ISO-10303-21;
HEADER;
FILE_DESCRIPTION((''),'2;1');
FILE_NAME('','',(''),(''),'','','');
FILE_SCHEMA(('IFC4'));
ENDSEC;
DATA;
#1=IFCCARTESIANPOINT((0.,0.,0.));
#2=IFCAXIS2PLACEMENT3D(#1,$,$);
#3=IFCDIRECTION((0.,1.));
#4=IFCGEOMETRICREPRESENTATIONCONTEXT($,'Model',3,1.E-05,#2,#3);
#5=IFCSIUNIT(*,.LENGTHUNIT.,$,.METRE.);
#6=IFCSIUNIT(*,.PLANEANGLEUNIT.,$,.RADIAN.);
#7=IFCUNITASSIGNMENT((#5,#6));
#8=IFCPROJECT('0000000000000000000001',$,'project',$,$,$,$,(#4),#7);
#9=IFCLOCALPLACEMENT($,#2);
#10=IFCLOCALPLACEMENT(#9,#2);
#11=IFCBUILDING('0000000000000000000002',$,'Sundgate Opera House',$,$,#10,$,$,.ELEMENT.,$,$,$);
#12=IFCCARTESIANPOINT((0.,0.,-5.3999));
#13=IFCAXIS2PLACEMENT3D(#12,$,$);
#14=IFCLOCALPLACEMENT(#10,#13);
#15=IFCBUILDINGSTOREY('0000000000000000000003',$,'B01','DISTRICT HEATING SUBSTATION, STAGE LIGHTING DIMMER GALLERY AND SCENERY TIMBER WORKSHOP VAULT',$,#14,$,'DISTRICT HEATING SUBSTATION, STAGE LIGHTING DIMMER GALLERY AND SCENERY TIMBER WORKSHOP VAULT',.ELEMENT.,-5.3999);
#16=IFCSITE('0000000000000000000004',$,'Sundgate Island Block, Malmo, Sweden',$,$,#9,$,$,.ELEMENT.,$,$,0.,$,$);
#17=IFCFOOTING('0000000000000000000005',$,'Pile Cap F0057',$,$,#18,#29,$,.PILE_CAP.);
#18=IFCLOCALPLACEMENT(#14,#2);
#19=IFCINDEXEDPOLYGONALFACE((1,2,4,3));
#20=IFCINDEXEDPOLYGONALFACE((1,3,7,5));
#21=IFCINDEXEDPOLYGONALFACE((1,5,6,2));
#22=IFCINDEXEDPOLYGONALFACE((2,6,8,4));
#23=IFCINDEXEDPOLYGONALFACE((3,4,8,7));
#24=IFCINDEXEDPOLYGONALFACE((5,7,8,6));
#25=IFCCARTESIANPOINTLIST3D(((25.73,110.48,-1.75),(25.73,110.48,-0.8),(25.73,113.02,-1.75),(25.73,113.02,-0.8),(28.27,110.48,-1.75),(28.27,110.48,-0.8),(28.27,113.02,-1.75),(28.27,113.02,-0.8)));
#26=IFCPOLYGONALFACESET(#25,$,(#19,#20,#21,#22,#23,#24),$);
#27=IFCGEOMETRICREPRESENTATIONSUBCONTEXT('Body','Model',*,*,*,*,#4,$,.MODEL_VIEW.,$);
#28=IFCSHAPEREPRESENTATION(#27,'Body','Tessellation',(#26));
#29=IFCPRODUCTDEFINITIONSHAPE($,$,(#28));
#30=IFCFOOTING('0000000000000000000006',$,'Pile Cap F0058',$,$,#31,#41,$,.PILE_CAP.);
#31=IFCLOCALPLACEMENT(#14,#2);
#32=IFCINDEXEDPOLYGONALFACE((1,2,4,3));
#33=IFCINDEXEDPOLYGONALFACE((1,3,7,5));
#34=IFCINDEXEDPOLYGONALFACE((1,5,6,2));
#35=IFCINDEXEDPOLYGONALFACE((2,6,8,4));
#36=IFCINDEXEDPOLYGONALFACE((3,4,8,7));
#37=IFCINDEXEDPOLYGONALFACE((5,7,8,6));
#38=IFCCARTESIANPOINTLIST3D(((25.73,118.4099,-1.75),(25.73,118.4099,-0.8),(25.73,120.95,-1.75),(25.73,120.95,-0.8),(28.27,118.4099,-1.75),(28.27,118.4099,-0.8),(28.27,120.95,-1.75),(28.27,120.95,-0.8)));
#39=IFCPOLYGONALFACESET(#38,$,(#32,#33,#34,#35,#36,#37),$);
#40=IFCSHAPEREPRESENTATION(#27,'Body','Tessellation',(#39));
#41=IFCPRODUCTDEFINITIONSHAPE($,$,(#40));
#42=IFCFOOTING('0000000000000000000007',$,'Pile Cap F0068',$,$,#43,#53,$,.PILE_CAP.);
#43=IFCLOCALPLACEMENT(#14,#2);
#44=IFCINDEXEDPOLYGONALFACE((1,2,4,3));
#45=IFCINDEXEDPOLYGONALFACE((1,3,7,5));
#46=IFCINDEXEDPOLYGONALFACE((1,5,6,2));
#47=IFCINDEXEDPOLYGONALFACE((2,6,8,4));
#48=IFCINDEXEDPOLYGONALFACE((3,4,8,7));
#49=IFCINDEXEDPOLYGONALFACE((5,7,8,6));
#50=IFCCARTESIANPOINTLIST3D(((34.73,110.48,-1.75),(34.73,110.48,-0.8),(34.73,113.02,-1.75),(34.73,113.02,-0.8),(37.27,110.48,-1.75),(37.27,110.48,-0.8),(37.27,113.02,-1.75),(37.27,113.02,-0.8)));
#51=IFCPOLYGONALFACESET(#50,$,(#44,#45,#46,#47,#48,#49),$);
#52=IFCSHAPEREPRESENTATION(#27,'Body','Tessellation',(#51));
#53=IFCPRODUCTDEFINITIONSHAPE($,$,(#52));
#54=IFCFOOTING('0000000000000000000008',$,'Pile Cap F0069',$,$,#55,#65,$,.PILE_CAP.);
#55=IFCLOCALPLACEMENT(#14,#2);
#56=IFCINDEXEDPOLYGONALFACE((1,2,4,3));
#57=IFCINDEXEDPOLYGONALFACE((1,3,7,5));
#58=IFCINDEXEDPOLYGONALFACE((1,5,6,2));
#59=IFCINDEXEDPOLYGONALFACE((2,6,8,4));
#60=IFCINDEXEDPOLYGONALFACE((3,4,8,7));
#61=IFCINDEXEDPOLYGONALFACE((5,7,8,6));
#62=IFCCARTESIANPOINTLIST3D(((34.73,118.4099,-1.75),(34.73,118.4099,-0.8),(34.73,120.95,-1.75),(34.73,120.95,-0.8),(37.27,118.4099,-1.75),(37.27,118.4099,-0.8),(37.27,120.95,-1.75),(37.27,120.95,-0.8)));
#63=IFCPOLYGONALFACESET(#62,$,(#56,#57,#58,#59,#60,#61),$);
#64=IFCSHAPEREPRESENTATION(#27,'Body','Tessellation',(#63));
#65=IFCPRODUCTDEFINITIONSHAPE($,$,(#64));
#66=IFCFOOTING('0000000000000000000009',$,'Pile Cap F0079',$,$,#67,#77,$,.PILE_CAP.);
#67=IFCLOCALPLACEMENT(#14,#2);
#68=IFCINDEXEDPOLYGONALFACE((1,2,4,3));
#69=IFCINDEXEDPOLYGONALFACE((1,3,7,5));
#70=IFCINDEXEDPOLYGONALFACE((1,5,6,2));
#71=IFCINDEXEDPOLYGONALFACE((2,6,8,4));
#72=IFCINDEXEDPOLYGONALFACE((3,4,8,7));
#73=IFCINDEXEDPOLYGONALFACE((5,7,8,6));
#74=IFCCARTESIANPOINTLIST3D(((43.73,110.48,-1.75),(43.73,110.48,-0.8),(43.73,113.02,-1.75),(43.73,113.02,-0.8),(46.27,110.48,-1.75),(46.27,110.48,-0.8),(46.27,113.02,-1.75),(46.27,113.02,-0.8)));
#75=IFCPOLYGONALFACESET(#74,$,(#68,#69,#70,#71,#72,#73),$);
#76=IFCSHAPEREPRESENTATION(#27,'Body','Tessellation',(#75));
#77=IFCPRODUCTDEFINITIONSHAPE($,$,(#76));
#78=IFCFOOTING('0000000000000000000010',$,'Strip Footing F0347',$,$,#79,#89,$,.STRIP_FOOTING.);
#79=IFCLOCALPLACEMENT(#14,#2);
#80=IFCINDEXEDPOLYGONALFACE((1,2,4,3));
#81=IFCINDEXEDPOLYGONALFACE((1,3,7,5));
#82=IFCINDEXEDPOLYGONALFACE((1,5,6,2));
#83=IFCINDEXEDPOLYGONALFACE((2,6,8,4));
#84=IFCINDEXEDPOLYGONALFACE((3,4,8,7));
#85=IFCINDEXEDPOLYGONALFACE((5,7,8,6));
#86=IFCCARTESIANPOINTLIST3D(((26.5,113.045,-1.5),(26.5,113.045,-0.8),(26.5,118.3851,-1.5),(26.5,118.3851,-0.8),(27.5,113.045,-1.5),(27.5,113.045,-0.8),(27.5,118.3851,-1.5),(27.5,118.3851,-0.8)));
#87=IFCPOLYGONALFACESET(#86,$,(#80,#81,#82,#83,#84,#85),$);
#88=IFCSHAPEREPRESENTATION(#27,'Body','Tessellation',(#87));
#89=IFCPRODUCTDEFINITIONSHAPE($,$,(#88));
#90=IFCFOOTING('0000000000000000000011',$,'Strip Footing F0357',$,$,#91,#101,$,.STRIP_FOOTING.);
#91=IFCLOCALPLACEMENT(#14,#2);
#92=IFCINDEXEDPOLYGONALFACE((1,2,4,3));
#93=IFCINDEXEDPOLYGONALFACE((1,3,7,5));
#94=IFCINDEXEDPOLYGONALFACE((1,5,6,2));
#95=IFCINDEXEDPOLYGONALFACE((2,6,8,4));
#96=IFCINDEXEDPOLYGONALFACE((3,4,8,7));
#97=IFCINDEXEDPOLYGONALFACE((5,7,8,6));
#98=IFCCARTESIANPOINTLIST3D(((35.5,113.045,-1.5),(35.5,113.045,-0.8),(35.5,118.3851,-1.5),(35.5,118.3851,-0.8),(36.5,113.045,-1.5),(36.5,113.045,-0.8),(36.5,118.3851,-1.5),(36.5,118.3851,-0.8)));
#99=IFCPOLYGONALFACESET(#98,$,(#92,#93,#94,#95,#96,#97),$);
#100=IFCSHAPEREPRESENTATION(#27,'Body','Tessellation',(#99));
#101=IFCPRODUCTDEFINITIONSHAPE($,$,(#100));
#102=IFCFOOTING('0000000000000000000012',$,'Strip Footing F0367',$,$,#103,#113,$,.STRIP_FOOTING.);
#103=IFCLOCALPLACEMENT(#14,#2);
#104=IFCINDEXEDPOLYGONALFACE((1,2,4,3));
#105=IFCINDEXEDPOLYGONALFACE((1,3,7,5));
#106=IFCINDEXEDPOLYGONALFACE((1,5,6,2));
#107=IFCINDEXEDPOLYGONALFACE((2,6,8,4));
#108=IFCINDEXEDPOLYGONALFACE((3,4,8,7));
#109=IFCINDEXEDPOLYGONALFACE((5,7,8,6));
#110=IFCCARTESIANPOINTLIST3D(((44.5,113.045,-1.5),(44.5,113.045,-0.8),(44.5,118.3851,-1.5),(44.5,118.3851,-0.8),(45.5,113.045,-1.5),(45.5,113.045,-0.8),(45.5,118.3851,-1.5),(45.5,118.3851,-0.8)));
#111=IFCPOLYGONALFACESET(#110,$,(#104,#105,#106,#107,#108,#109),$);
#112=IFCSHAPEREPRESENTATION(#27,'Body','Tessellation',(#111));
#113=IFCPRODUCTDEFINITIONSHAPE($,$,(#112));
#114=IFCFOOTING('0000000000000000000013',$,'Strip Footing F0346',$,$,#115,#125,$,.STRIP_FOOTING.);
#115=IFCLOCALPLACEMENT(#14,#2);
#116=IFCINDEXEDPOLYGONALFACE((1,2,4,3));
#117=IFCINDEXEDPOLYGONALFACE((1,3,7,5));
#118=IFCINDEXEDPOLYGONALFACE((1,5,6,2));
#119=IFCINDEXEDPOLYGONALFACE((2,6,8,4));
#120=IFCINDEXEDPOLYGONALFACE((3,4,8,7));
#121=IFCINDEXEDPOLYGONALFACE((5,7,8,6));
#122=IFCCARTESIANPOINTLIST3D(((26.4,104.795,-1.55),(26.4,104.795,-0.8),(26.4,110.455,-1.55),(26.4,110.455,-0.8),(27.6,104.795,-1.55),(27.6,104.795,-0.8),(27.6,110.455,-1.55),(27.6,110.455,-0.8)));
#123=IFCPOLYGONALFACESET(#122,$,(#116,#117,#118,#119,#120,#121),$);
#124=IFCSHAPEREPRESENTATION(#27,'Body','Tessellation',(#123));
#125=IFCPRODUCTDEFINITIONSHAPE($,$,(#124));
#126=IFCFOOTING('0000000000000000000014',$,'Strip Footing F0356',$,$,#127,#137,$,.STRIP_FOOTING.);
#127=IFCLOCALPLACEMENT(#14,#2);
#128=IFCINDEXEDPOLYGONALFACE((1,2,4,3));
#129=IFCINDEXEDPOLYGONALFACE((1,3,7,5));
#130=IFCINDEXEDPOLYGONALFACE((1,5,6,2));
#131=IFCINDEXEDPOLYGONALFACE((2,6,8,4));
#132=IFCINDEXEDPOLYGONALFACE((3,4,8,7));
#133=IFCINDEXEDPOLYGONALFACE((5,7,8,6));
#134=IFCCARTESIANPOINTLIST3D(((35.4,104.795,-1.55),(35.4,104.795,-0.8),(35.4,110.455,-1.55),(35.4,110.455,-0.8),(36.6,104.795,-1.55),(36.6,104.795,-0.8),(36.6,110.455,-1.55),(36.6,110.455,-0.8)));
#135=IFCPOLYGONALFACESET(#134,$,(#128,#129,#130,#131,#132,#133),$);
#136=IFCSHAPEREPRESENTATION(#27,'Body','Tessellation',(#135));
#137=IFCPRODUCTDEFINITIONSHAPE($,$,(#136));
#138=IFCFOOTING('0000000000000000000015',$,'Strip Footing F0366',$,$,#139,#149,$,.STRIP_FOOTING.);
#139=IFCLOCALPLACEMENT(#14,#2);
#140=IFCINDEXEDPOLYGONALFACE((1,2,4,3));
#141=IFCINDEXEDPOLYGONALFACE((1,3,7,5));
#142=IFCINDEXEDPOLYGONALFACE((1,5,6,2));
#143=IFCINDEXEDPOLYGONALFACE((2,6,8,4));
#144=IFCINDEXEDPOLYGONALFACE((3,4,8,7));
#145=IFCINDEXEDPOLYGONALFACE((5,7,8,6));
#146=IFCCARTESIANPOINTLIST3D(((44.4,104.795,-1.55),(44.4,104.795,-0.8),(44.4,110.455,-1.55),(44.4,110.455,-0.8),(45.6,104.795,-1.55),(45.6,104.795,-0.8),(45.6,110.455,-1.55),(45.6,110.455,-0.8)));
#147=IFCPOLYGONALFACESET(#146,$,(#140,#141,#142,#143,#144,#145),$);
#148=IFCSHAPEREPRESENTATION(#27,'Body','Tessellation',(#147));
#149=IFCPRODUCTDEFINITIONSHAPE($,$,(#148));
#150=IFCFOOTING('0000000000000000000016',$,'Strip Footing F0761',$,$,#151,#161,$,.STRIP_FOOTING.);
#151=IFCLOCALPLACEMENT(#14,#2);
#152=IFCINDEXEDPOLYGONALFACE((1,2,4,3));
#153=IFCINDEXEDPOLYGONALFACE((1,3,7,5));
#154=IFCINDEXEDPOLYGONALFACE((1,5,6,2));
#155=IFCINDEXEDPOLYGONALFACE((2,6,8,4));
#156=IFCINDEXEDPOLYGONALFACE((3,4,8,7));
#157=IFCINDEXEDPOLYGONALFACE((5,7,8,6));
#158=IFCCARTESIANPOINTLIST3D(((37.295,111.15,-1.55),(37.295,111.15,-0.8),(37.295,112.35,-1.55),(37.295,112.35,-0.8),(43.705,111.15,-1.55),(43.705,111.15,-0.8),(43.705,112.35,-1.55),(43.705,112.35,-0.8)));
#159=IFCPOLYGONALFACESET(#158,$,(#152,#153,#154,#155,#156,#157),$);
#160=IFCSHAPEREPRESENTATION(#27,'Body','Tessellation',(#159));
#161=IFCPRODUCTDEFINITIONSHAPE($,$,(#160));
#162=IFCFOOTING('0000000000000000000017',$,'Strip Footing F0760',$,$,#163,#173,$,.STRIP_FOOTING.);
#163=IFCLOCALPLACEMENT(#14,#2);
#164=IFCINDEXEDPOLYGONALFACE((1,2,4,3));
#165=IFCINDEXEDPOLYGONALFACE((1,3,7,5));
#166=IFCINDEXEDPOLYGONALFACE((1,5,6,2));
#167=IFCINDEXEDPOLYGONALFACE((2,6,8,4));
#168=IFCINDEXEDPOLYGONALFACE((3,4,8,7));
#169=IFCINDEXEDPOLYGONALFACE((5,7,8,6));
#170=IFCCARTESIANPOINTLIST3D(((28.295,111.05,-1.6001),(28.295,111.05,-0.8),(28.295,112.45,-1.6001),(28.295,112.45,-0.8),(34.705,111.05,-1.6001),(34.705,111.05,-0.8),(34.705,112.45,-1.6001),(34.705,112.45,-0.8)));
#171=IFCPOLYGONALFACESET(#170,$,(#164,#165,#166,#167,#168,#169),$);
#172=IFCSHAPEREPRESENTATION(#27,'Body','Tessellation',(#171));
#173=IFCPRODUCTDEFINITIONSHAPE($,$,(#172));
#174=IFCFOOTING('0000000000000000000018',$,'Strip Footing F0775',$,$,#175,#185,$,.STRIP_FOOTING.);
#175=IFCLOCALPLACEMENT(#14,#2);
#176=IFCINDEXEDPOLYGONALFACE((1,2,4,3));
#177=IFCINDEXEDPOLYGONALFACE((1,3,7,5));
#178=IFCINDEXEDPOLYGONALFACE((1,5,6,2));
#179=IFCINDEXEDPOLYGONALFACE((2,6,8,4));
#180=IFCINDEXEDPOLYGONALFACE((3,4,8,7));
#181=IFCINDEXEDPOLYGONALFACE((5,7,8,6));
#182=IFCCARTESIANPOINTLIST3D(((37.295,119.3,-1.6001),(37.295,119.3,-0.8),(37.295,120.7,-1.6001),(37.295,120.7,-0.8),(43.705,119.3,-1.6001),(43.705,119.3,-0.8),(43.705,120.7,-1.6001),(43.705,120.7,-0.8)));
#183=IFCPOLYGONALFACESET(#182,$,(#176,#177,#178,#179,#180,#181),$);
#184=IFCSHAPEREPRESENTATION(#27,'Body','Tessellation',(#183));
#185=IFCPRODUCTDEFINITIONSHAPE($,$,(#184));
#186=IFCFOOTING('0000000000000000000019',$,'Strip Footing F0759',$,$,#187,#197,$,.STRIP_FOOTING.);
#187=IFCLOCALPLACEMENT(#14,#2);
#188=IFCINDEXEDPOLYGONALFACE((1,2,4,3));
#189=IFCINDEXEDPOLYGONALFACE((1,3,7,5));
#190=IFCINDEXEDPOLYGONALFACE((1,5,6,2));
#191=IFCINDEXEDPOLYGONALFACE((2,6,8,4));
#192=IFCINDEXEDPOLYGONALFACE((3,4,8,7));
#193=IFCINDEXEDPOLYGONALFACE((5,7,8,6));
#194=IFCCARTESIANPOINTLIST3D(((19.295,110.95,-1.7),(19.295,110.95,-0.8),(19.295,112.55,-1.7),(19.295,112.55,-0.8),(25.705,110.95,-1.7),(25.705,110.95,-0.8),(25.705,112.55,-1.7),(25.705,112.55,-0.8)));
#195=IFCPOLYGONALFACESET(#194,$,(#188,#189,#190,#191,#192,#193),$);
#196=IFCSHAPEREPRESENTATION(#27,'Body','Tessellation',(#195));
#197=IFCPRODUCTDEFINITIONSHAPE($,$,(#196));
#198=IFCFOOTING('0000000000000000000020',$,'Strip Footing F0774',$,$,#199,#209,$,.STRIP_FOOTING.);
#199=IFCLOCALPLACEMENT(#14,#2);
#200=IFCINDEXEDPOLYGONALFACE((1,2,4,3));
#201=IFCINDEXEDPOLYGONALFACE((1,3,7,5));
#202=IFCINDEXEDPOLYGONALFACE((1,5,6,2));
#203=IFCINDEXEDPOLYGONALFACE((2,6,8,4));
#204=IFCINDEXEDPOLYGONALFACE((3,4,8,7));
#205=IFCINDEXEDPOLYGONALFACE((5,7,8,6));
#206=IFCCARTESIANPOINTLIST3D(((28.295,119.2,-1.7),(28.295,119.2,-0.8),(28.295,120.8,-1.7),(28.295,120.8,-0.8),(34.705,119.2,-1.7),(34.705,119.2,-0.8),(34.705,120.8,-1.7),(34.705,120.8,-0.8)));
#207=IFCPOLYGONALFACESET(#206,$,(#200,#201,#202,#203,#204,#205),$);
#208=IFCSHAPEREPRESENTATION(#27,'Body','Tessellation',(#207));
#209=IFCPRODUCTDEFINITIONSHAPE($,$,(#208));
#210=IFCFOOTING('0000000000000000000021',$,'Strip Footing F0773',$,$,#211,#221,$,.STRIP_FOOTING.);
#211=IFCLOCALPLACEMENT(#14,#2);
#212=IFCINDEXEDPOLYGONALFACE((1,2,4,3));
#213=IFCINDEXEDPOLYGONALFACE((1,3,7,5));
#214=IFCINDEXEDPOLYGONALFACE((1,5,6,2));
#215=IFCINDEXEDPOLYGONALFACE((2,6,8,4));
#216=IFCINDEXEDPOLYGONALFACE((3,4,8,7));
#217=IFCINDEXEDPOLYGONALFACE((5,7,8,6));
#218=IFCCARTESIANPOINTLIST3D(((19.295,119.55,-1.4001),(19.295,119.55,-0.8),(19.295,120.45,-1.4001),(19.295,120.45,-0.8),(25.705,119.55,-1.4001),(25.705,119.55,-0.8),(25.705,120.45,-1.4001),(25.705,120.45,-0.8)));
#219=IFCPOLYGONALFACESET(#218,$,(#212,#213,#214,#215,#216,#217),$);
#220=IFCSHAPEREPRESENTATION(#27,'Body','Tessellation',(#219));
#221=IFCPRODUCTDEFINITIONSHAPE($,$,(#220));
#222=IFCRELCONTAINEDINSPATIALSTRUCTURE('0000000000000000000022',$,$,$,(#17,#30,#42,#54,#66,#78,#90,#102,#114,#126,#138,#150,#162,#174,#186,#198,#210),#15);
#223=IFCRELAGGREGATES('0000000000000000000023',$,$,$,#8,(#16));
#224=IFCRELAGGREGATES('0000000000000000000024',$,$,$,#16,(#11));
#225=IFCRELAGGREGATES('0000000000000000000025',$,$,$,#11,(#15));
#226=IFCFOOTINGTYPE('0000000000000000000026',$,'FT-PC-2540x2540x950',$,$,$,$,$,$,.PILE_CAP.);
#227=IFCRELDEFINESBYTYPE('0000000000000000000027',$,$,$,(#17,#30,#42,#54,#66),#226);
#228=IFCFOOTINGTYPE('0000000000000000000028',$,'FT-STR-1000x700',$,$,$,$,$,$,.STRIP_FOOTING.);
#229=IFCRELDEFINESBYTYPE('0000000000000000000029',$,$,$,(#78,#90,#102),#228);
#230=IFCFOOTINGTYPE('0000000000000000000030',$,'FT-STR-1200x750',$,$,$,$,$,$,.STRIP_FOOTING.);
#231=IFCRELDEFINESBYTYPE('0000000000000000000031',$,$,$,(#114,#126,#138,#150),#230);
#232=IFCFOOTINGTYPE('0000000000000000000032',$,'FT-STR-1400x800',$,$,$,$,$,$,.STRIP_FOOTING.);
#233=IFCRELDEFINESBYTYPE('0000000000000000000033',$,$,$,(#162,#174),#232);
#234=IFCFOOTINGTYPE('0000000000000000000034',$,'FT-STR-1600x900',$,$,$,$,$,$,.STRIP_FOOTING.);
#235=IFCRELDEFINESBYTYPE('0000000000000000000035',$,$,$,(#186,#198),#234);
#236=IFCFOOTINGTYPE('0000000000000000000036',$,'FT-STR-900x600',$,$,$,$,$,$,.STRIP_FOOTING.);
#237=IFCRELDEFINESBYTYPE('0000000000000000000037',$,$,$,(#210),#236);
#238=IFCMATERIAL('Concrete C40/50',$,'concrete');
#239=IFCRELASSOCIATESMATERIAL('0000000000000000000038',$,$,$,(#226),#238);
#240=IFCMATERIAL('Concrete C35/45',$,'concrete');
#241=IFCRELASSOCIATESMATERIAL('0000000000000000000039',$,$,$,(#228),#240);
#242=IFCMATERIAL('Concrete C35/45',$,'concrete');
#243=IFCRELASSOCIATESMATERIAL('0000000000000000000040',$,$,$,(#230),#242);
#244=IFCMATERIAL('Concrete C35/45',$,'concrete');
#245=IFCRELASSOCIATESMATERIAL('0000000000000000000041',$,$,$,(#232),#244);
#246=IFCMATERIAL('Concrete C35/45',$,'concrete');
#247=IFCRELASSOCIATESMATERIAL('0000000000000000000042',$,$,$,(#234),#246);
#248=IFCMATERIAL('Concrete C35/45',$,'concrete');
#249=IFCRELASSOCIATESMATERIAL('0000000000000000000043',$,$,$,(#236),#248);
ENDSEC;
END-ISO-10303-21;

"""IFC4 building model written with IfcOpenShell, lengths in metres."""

from ifc_helpers import new_model, si_unit, direction, frame, origin, origin_2d, place, context, subcontext, project, spatial, rectangle, extrude, material, type_object, element, save


model = new_model("IFC4")

# Units and contexts
model_context = context("Model", 3, precision=1e-05, world=origin(), true_north=direction((0.0, 1.0)))
body_context = subcontext(model_context, "Body", "Model", "MODEL_VIEW")
ifc_project = project(units=[si_unit("LENGTHUNIT", "METRE"), si_unit("PLANEANGLEUNIT", "RADIAN")], contexts=[model_context])

# Site, building, storey
site_placement = place(None, origin())
site = spatial("IfcSite", under=ifc_project, at=site_placement, Name="Sundgate Island Block, Malmo, Sweden", CompositionType="ELEMENT", RefElevation=0.0)
building_placement = place(site_placement, origin())
building = spatial("IfcBuilding", under=site, at=building_placement, Name="Sundgate Opera House", CompositionType="ELEMENT")
storey_placement = place(building_placement, frame((0.0, 0.0, -5.3999)))
storey = spatial("IfcBuildingStorey", under=building, at=storey_placement, Name="B01", Description="DISTRICT HEATING SUBSTATION, STAGE LIGHTING DIMMER GALLERY AND SCENERY TIMBER WORKSHOP VAULT", LongName="DISTRICT HEATING SUBSTATION, STAGE LIGHTING DIMMER GALLERY AND SCENERY TIMBER WORKSHOP VAULT", CompositionType="ELEMENT", Elevation=-5.3999)

# Footings
ifc_material_1 = material(Name="Concrete C40/50", Category="concrete")
footing_type_1 = type_object("IfcFootingType", Name="FT-PC-2540x2540x950", PredefinedType="PILE_CAP", material=ifc_material_1)
for number, where, z_axis, x_axis, name in (
    (1, (27.0, 111.75, -1.75), (0.0, 0.0, 1.0), (1.0, 0.0, 0.0), "Pile Cap F0057"),
    (2, (27.0, 119.6799, -1.75), (0.0, 0.0, 1.0), (1.0, 0.0, 0.0), "Pile Cap F0058"),
    (3, (36.0, 111.75, -1.75), (0.0, 0.0, 1.0), (1.0, 0.0, 0.0), "Pile Cap F0068"),
    (4, (36.0, 119.6799, -1.75), (0.0, 0.0, 1.0), (1.0, 0.0, 0.0), "Pile Cap F0069"),
    (5, (45.0, 111.75, -1.75), (0.0, 0.0, 1.0), (1.0, 0.0, 0.0), "Pile Cap F0079"),
):
    element("IfcFooting", number, at=place(storey_placement, frame(where, z_axis=z_axis, x_axis=x_axis)), inside=storey, type_object=footing_type_1, Name=name, PredefinedType="PILE_CAP", context=body_context, shape_type="SweptSolid", body=[
        extrude(rectangle(XDim=2.54, YDim=2.54, at=origin_2d()), origin(), (0.0, 0.0, 1.0), 0.95),
    ])
ifc_material_2 = material(Name="Concrete C35/45", Category="concrete")
footing_type_2 = type_object("IfcFootingType", Name="FT-STR-1000x700", PredefinedType="STRIP_FOOTING", material=ifc_material_2)
for number, where, z_axis, x_axis, name in (
    (6, (27.0, 115.7151, -1.5), (0.0, 0.0, 1.0), (1.0, 0.0, 0.0), "Strip Footing F0347"),
    (7, (36.0, 115.7151, -1.5), (0.0, 0.0, 1.0), (1.0, 0.0, 0.0), "Strip Footing F0357"),
    (8, (45.0, 115.7151, -1.5), (0.0, 0.0, 1.0), (1.0, 0.0, 0.0), "Strip Footing F0367"),
):
    element("IfcFooting", number, at=place(storey_placement, frame(where, z_axis=z_axis, x_axis=x_axis)), inside=storey, type_object=footing_type_2, Name=name, PredefinedType="STRIP_FOOTING", context=body_context, shape_type="SweptSolid", body=[
        extrude(rectangle(XDim=1.0, YDim=5.3401, at=origin_2d()), origin(), (0.0, 0.0, 1.0), 0.7),
    ])
ifc_material_3 = material(Name="Concrete C35/45", Category="concrete")
footing_type_3 = type_object("IfcFootingType", Name="FT-STR-1200x750", PredefinedType="STRIP_FOOTING", material=ifc_material_3)
for number, where, z_axis, x_axis, name in (
    (9, (27.0, 107.625, -1.55), (0.0, 0.0, 1.0), (1.0, 0.0, 0.0), "Strip Footing F0346"),
    (10, (36.0, 107.625, -1.55), (0.0, 0.0, 1.0), (1.0, 0.0, 0.0), "Strip Footing F0356"),
    (11, (45.0, 107.625, -1.55), (0.0, 0.0, 1.0), (1.0, 0.0, 0.0), "Strip Footing F0366"),
):
    element("IfcFooting", number, at=place(storey_placement, frame(where, z_axis=z_axis, x_axis=x_axis)), inside=storey, type_object=footing_type_3, Name=name, PredefinedType="STRIP_FOOTING", context=body_context, shape_type="SweptSolid", body=[
        extrude(rectangle(XDim=1.2, YDim=5.6599, at=origin_2d()), origin(), (0.0, 0.0, 1.0), 0.75),
    ])
footing_1_placement = place(storey_placement, frame((40.5, 111.75, -1.55), z_axis=(0.0, 0.0, 1.0), x_axis=(1.0, 0.0, 0.0)))
element("IfcFooting", 12, at=footing_1_placement, inside=storey, type_object=footing_type_3, Name="Strip Footing F0761", PredefinedType="STRIP_FOOTING", context=body_context, shape_type="SweptSolid", body=[
    extrude(rectangle(XDim=6.4099, YDim=1.2, at=origin_2d()), origin(), (0.0, 0.0, 1.0), 0.75),
])
ifc_material_4 = material(Name="Concrete C35/45", Category="concrete")
footing_type_4 = type_object("IfcFootingType", Name="FT-STR-1400x800", PredefinedType="STRIP_FOOTING", material=ifc_material_4)
for number, where, z_axis, x_axis, name in (
    (13, (31.5, 111.75, -1.6001), (0.0, 0.0, 1.0), (1.0, 0.0, 0.0), "Strip Footing F0760"),
    (14, (40.5, 120.0, -1.6001), (0.0, 0.0, 1.0), (1.0, 0.0, 0.0), "Strip Footing F0775"),
):
    element("IfcFooting", number, at=place(storey_placement, frame(where, z_axis=z_axis, x_axis=x_axis)), inside=storey, type_object=footing_type_4, Name=name, PredefinedType="STRIP_FOOTING", context=body_context, shape_type="SweptSolid", body=[
        extrude(rectangle(XDim=6.4099, YDim=1.3999, at=origin_2d()), origin(), (0.0, 0.0, 1.0), 0.8),
    ])
ifc_material_5 = material(Name="Concrete C35/45", Category="concrete")
footing_type_5 = type_object("IfcFootingType", Name="FT-STR-1600x900", PredefinedType="STRIP_FOOTING", material=ifc_material_5)
for number, where, z_axis, x_axis, name in (
    (15, (22.5, 111.75, -1.7), (0.0, 0.0, 1.0), (1.0, 0.0, 0.0), "Strip Footing F0759"),
    (16, (31.5, 120.0, -1.7), (0.0, 0.0, 1.0), (1.0, 0.0, 0.0), "Strip Footing F0774"),
):
    element("IfcFooting", number, at=place(storey_placement, frame(where, z_axis=z_axis, x_axis=x_axis)), inside=storey, type_object=footing_type_5, Name=name, PredefinedType="STRIP_FOOTING", context=body_context, shape_type="SweptSolid", body=[
        extrude(rectangle(XDim=6.4099, YDim=1.6001, at=origin_2d()), origin(), (0.0, 0.0, 1.0), 0.8999),
    ])
ifc_material_6 = material(Name="Concrete C35/45", Category="concrete")
footing_type_6 = type_object("IfcFootingType", Name="FT-STR-900x600", PredefinedType="STRIP_FOOTING", material=ifc_material_6)
footing_2_placement = place(storey_placement, frame((22.5, 120.0, -1.4001), z_axis=(0.0, 0.0, 1.0), x_axis=(1.0, 0.0, 0.0)))
element("IfcFooting", 17, at=footing_2_placement, inside=storey, type_object=footing_type_6, Name="Strip Footing F0773", PredefinedType="STRIP_FOOTING", context=body_context, shape_type="SweptSolid", body=[
    extrude(rectangle(XDim=6.4099, YDim=0.8999, at=origin_2d()), origin(), (0.0, 0.0, 1.0), 0.6001),
])

save(model, "model.ifc")
